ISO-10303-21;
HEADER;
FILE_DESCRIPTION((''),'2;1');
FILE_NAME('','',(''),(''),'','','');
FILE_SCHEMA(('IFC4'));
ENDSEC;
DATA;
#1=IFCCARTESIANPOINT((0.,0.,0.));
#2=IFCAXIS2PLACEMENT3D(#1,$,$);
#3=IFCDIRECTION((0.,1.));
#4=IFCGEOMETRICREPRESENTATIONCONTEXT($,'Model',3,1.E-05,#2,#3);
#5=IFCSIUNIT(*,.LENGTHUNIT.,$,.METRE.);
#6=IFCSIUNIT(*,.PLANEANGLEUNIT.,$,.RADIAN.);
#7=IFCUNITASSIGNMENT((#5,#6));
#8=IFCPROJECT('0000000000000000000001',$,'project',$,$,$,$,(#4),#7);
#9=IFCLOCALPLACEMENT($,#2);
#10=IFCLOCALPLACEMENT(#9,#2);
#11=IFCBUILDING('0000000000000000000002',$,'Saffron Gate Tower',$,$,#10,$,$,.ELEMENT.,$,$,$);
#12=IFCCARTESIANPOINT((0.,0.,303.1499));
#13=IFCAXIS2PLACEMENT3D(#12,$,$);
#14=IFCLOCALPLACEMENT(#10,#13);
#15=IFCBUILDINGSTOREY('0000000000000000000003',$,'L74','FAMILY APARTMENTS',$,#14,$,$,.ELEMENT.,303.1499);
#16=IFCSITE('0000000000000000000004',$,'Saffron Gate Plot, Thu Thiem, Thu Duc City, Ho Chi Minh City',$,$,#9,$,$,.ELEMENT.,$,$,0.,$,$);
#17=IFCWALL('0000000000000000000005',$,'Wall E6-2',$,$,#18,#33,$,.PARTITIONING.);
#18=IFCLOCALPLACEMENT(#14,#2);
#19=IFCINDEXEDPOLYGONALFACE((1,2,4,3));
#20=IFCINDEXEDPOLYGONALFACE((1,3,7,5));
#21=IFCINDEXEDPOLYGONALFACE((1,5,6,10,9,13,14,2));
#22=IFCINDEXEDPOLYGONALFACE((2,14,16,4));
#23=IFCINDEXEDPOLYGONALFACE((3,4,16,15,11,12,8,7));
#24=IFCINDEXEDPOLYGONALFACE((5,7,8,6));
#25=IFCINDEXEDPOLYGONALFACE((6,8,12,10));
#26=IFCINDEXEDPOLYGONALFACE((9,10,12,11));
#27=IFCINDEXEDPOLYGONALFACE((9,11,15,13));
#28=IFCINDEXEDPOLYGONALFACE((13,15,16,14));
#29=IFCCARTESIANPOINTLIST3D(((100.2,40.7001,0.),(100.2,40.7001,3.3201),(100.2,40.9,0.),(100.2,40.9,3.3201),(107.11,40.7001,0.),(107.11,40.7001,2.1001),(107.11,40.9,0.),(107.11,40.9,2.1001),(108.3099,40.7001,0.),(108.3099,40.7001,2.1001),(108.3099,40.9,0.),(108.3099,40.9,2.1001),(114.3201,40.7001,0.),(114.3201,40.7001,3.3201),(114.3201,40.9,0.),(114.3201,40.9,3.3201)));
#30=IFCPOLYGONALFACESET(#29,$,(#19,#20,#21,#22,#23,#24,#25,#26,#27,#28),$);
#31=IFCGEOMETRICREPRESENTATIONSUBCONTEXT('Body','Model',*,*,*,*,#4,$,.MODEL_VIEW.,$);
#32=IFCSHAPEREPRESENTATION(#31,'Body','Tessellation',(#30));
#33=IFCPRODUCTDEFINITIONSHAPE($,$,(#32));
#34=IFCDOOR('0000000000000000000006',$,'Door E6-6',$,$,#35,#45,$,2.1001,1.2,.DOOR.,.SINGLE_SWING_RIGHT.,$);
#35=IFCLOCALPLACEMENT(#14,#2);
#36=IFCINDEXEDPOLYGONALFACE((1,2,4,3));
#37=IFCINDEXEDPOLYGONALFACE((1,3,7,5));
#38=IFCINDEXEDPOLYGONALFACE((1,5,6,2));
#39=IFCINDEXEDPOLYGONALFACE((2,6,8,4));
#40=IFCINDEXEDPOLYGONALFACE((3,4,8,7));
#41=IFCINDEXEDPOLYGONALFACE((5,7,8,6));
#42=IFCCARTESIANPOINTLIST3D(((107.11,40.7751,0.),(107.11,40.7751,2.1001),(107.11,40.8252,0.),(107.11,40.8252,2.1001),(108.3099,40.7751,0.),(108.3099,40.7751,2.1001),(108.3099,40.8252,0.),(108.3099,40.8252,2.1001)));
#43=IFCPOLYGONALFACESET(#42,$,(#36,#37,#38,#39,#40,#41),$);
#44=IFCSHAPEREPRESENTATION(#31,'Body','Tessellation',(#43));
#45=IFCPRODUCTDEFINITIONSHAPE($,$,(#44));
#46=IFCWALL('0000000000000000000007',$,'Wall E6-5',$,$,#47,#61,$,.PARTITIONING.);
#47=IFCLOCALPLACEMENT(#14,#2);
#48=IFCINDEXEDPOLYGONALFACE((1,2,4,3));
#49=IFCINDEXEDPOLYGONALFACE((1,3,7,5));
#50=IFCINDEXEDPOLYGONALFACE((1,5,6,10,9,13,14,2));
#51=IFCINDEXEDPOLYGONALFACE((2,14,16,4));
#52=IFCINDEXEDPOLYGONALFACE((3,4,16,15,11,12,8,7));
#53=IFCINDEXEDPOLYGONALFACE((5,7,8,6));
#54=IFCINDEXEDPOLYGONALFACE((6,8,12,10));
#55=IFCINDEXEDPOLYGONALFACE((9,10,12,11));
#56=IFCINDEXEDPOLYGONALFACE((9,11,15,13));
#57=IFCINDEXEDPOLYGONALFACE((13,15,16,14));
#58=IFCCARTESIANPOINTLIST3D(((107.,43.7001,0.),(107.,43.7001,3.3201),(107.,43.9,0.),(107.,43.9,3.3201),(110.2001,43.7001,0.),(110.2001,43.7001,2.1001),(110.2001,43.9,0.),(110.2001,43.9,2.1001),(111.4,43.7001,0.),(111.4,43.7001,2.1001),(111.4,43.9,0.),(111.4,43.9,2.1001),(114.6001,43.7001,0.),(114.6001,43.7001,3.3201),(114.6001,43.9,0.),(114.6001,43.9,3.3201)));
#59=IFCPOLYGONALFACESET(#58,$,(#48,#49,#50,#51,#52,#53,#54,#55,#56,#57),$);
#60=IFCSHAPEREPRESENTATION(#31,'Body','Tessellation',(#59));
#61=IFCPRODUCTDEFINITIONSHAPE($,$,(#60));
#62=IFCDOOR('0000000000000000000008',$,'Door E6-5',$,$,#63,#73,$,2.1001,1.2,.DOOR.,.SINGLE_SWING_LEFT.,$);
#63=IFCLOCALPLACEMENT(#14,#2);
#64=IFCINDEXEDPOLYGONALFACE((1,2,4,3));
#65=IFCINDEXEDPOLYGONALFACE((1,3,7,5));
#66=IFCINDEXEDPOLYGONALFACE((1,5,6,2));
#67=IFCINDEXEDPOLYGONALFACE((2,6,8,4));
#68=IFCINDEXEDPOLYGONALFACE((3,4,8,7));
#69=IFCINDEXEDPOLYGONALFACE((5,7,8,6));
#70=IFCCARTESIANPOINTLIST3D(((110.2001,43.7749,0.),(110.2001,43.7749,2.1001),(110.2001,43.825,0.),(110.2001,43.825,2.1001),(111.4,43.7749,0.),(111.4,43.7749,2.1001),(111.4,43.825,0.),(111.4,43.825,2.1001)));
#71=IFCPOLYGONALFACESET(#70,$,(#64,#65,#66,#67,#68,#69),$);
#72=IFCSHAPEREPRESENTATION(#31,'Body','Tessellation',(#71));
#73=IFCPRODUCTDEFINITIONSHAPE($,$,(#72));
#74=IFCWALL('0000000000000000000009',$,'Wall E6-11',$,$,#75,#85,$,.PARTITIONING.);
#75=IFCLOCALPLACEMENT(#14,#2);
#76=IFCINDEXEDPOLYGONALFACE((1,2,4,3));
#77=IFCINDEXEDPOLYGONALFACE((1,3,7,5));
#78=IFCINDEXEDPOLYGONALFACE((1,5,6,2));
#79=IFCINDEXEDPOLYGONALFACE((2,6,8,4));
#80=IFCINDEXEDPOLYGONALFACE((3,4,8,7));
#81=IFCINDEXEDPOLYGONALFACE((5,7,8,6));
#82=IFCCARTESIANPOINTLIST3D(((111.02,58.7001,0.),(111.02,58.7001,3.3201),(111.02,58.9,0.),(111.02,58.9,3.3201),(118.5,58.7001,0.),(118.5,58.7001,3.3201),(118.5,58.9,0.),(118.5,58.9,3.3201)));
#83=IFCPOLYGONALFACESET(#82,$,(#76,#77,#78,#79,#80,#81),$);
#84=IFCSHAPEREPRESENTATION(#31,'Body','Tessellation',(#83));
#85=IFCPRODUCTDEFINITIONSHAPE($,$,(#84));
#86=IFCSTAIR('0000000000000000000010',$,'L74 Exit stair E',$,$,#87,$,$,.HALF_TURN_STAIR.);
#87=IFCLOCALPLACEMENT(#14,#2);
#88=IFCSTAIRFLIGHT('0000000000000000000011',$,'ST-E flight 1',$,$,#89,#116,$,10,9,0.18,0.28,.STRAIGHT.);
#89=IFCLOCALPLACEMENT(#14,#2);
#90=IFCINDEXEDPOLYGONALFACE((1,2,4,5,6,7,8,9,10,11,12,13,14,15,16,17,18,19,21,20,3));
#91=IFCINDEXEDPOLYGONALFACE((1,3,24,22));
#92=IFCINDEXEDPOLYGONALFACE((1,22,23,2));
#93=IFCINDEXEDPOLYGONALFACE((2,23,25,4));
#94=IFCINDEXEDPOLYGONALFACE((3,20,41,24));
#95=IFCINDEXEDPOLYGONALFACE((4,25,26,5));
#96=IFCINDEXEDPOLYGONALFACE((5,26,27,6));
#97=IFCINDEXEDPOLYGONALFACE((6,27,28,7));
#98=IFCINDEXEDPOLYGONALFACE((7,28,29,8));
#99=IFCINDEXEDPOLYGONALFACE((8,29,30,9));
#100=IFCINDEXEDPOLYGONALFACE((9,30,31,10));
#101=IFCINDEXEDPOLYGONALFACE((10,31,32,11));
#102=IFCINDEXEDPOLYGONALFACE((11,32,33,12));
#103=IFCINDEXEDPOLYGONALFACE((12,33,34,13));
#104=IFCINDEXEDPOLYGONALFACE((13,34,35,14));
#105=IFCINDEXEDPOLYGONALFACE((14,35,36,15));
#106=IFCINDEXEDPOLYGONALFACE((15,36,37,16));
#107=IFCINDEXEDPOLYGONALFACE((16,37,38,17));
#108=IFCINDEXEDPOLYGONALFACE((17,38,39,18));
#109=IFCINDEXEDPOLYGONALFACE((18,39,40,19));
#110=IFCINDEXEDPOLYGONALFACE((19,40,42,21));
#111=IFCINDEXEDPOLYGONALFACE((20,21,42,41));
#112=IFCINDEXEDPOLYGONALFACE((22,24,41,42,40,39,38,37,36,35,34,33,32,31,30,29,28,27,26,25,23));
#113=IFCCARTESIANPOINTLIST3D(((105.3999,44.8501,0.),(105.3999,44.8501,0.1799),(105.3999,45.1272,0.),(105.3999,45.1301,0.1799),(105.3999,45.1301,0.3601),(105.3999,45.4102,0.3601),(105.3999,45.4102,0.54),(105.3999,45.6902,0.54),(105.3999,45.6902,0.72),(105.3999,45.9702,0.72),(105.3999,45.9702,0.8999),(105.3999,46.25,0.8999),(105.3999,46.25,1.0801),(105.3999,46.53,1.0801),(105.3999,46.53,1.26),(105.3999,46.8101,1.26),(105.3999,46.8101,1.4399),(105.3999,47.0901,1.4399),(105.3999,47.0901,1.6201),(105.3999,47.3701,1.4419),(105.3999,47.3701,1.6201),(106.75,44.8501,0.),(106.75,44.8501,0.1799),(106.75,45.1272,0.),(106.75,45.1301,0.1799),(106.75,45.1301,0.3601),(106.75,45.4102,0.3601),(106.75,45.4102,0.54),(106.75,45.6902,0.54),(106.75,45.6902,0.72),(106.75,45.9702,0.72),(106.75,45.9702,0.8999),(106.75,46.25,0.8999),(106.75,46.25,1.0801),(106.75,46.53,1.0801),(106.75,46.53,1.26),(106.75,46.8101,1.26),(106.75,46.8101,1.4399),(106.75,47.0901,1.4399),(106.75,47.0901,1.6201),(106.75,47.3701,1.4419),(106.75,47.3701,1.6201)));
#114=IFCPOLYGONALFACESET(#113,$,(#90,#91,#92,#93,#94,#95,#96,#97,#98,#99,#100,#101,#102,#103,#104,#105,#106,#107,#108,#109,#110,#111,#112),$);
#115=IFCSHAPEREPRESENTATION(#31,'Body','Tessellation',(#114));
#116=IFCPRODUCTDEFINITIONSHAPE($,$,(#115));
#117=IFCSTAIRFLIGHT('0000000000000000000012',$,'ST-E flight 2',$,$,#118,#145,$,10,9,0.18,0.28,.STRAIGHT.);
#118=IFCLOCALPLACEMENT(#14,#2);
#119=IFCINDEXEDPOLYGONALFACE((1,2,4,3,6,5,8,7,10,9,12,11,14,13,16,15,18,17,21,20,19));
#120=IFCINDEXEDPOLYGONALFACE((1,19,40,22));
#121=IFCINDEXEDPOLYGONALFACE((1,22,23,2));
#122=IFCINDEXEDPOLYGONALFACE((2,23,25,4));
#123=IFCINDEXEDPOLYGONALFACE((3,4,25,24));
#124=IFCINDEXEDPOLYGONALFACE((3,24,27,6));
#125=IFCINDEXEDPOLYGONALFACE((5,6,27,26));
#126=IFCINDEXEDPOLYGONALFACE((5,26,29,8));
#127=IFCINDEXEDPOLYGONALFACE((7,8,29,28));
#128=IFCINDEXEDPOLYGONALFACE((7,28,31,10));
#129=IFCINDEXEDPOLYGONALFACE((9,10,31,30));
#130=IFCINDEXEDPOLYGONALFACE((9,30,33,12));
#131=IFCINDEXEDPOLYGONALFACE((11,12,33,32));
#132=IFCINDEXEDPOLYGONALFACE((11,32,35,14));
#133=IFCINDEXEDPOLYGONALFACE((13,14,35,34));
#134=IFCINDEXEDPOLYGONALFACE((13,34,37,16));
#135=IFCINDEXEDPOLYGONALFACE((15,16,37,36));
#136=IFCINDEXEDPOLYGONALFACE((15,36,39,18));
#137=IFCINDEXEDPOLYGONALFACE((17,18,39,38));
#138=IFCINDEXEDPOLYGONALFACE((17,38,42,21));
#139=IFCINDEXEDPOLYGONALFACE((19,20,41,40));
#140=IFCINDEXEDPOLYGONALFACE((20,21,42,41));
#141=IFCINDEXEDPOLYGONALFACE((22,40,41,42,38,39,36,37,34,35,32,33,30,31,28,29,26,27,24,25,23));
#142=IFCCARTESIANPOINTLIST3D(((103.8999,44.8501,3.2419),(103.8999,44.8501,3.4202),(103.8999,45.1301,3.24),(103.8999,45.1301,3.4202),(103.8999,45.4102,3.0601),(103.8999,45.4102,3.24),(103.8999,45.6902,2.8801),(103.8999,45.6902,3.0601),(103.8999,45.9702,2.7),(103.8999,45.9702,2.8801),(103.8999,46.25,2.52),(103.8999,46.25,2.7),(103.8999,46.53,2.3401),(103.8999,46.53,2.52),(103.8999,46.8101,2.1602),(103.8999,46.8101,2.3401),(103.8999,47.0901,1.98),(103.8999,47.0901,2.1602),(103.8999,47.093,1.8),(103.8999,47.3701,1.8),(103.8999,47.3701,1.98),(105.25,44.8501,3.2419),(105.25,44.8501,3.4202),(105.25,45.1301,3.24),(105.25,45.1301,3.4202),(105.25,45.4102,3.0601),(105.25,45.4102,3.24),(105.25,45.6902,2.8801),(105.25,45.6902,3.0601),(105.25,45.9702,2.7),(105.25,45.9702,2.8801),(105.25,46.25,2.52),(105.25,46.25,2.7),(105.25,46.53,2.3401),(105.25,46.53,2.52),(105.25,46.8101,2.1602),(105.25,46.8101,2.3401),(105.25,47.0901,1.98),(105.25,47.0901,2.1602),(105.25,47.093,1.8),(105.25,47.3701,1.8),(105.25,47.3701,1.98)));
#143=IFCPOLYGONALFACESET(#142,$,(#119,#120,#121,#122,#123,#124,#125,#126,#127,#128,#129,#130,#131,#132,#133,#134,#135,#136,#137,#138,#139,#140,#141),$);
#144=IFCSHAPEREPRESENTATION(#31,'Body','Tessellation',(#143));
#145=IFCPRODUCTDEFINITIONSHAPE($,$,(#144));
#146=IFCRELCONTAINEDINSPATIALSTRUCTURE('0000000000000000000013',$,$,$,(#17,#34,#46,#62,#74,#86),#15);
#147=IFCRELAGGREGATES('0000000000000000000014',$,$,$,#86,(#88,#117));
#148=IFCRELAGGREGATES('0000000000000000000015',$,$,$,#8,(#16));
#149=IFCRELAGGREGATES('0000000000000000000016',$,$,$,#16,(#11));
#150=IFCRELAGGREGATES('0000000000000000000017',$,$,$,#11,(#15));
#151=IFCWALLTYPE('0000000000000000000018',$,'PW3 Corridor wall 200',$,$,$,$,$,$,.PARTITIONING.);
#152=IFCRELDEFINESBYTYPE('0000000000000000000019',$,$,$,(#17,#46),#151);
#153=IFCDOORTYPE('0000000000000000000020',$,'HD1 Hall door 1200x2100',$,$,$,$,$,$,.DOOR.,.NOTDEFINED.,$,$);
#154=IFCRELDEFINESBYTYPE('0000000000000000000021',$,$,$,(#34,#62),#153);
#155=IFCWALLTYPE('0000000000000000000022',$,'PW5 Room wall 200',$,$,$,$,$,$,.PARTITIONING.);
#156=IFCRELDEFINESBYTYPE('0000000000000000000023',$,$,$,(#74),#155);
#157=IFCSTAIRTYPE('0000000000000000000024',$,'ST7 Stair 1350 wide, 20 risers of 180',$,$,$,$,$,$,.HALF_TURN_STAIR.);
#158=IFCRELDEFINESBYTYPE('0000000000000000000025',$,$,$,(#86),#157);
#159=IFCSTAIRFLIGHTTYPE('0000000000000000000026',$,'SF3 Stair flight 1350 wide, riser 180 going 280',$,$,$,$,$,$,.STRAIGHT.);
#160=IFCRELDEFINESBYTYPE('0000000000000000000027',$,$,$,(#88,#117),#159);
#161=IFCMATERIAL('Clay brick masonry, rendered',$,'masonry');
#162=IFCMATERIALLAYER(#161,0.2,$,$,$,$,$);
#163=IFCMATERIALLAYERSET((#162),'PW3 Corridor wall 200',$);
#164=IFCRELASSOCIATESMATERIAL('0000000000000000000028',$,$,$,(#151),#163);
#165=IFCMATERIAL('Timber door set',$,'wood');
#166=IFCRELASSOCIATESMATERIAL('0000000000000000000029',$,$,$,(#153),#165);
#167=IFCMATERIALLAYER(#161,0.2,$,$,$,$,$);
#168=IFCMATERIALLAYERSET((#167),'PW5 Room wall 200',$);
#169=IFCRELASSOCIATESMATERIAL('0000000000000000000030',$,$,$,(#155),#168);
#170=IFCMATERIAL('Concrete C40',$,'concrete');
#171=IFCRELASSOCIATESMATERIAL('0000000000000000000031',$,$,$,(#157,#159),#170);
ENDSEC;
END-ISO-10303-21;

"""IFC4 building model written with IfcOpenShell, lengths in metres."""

from ifc_helpers import new_model, si_unit, direction, frame, frame_2d, origin, place, context, subcontext, project, spatial, polyline, rectangle, outline, extrude, material, layer, layer_set, type_object, element, fill, aggregate, save


model = new_model("IFC4")

# Units and contexts
model_context = context("Model", 3, precision=1e-05, world=origin(), true_north=direction((0.0, 1.0)))
body_context = subcontext(model_context, "Body", "Model", "MODEL_VIEW")
ifc_project = project(units=[si_unit("LENGTHUNIT", "METRE"), si_unit("PLANEANGLEUNIT", "RADIAN")], contexts=[model_context])

# Site, building, storey
site_placement = place(None, origin())
site = spatial("IfcSite", under=ifc_project, at=site_placement, Name="Saffron Gate Plot, Thu Thiem, Thu Duc City, Ho Chi Minh City", CompositionType="ELEMENT", RefElevation=0.0)
building_placement = place(site_placement, origin())
building = spatial("IfcBuilding", under=site, at=building_placement, Name="Saffron Gate Tower", CompositionType="ELEMENT")
storey_placement = place(building_placement, frame((0.0, 0.0, 303.1499)))
storey = spatial("IfcBuildingStorey", under=building, at=storey_placement, Name="L74", Description="FAMILY APARTMENTS", CompositionType="ELEMENT", Elevation=303.1499)

# Shared definitions
ifc_material_1 = material(Name="Concrete C40", Category="concrete")

# Walls, openings, doors
ifc_material_2 = material(Name="Clay brick masonry, rendered", Category="masonry")
ifc_layer_1 = layer(ifc_material_2, 0.2)
ifc_layer_set_1 = layer_set([ifc_layer_1], Name="PW3 Corridor wall 200")
wall_type_1 = type_object("IfcWallType", Name="PW3 Corridor wall 200", PredefinedType="PARTITIONING", material=ifc_layer_set_1)
wall_1_placement = place(storey_placement, frame((114.3201, 40.8, 0.0), z_axis=(0.0, 0.0, 1.0), x_axis=(-1.0, 0.0, 0.0)))
wall_1 = element("IfcWall", 1, at=wall_1_placement, inside=storey, type_object=wall_type_1, Name="Wall E6-2", PredefinedType="PARTITIONING", context=body_context, shape_type="SweptSolid", body=[
    extrude(rectangle(XDim=14.1201, YDim=0.2, at=frame_2d((7.0601, 0.0))), origin(), (0.0, 0.0, 1.0), 3.3201),
])
opening_1_placement = place(wall_1_placement, frame((6.01, 0.0, 0.0)))
opening_1 = element("IfcOpeningElement", 2, at=opening_1_placement, cuts=wall_1, PredefinedType="OPENING", context=body_context, shape_type="SweptSolid", body=[
    extrude(rectangle(XDim=1.2, YDim=2.1001, at=frame_2d((0.6001, 1.05))), frame((0.0, 0.1099, 0.0), z_axis=(0.0, -1.0, 0.0), x_axis=(1.0, 0.0, 0.0)), (0.0, 0.0, 1.0), 0.22),
])
ifc_material_3 = material(Name="Timber door set", Category="wood")
door_type = type_object("IfcDoorType", Name="HD1 Hall door 1200x2100", OperationType="NOTDEFINED", PredefinedType="DOOR", material=ifc_material_3)
door_1_placement = place(opening_1_placement, origin())
door_1 = element("IfcDoor", 3, at=door_1_placement, inside=storey, type_object=door_type, Name="Door E6-6", OperationType="SINGLE_SWING_RIGHT", OverallHeight=2.1001, OverallWidth=1.2, PredefinedType="DOOR", context=body_context, shape_type="SweptSolid", body=[
    extrude(rectangle(XDim=1.2, YDim=2.1001, at=frame_2d((0.6001, 1.05))), frame((0.0, 0.0249, 0.0), z_axis=(0.0, -1.0, 0.0), x_axis=(1.0, 0.0, 0.0)), (0.0, 0.0, 1.0), 0.05),
])
fill(opening_1, door_1)
wall_2_placement = place(storey_placement, frame((107.0, 43.8, 0.0), z_axis=(0.0, 0.0, 1.0), x_axis=(1.0, 0.0, 0.0)))
wall_2 = element("IfcWall", 4, at=wall_2_placement, inside=storey, type_object=wall_type_1, Name="Wall E6-5", PredefinedType="PARTITIONING", context=body_context, shape_type="SweptSolid", body=[
    extrude(rectangle(XDim=7.6001, YDim=0.2, at=frame_2d((3.8, 0.0))), origin(), (0.0, 0.0, 1.0), 3.3201),
])
opening_2_placement = place(wall_2_placement, frame((3.2, 0.0, 0.0)))
opening_2 = element("IfcOpeningElement", 5, at=opening_2_placement, cuts=wall_2, PredefinedType="OPENING", context=body_context, shape_type="SweptSolid", body=[
    extrude(rectangle(XDim=1.2, YDim=2.1001, at=frame_2d((0.6001, 1.05))), frame((0.0, 0.1099, 0.0), z_axis=(0.0, -1.0, 0.0), x_axis=(1.0, 0.0, 0.0)), (0.0, 0.0, 1.0), 0.22),
])
door_2_placement = place(opening_2_placement, origin())
door_2 = element("IfcDoor", 6, at=door_2_placement, inside=storey, type_object=door_type, Name="Door E6-5", OperationType="SINGLE_SWING_LEFT", OverallHeight=2.1001, OverallWidth=1.2, PredefinedType="DOOR", context=body_context, shape_type="SweptSolid", body=[
    extrude(rectangle(XDim=1.2, YDim=2.1001, at=frame_2d((0.6001, 1.05))), frame((0.0, 0.0249, 0.0), z_axis=(0.0, -1.0, 0.0), x_axis=(1.0, 0.0, 0.0)), (0.0, 0.0, 1.0), 0.05),
])
fill(opening_2, door_2)

# Wall
ifc_layer_2 = layer(ifc_material_2, 0.2)
ifc_layer_set_2 = layer_set([ifc_layer_2], Name="PW5 Room wall 200")
wall_type_2 = type_object("IfcWallType", Name="PW5 Room wall 200", PredefinedType="PARTITIONING", material=ifc_layer_set_2)
wall_3_placement = place(storey_placement, frame((111.02, 58.8, 0.0), z_axis=(0.0, 0.0, 1.0), x_axis=(1.0, 0.0, 0.0)))
element("IfcWall", 7, at=wall_3_placement, inside=storey, type_object=wall_type_2, Name="Wall E6-11", PredefinedType="PARTITIONING", context=body_context, shape_type="SweptSolid", body=[
    extrude(rectangle(XDim=7.48, YDim=0.2, at=frame_2d((3.74, 0.0))), origin(), (0.0, 0.0, 1.0), 3.3201),
])

# Stair, stair flights
stair_type = type_object("IfcStairType", Name="ST7 Stair 1350 wide, 20 risers of 180", PredefinedType="HALF_TURN_STAIR", material=ifc_material_1)
stair_placement = place(storey_placement, origin())
stair = element("IfcStair", 8, at=stair_placement, inside=storey, type_object=stair_type, Name="L74 Exit stair E", PredefinedType="HALF_TURN_STAIR")
stair_flight_type = type_object("IfcStairFlightType", Name="SF3 Stair flight 1350 wide, riser 180 going 280", PredefinedType="STRAIGHT", material=ifc_material_1)
stair_flight_1_placement = place(storey_placement, frame((106.075, 44.8501, 0.0), z_axis=(0.0, 0.0, 1.0), x_axis=(0.0, 1.0, 0.0)))
stair_flight_1 = element("IfcStairFlight", 9, at=stair_flight_1_placement, type_object=stair_flight_type, Name="ST-E flight 1", NumberOfRisers=10, NumberOfTreads=9, PredefinedType="STRAIGHT", RiserHeight=0.18, TreadLength=0.28, context=body_context, shape_type="SweptSolid", body=[
    extrude(outline(polyline([(0.0, 0.0), (0.0, 0.1799), (0.28, 0.1799), (0.28, 0.3601), (0.5601, 0.3601), (0.5601, 0.54), (0.8401, 0.54), (0.8401, 0.72), (1.1201, 0.72), (1.1201, 0.8999), (1.3999, 0.8999), (1.3999, 1.0801), (1.6799, 1.0801), (1.6799, 1.26), (1.96, 1.26), (1.96, 1.4399), (2.24, 1.4399), (2.24, 1.6201), (2.52, 1.6201), (2.52, 1.8), (2.52, 1.4419), (0.2771, 0.0), (0.0, 0.0)])), frame((0.0, 0.675, 0.0), z_axis=(0.0, -1.0, 0.0), x_axis=(1.0, 0.0, 0.0)), (0.0, 0.0, 1.0), 1.3501),
])
stair_flight_2_placement = place(storey_placement, frame((104.575, 47.3701, 1.8), z_axis=(0.0, 0.0, 1.0), x_axis=(0.0, -1.0, 0.0)))
stair_flight_2 = element("IfcStairFlight", 10, at=stair_flight_2_placement, type_object=stair_flight_type, Name="ST-E flight 2", NumberOfRisers=10, NumberOfTreads=9, PredefinedType="STRAIGHT", RiserHeight=0.18, TreadLength=0.28, context=body_context, shape_type="SweptSolid", body=[
    extrude(outline(polyline([(0.0, 0.0), (0.0, 0.1799), (0.28, 0.1799), (0.28, 0.3601), (0.5601, 0.3601), (0.5601, 0.54), (0.8401, 0.54), (0.8401, 0.72), (1.1201, 0.72), (1.1201, 0.8999), (1.3999, 0.8999), (1.3999, 1.0801), (1.6799, 1.0801), (1.6799, 1.26), (1.96, 1.26), (1.96, 1.4399), (2.24, 1.4399), (2.24, 1.6201), (2.52, 1.6201), (2.52, 1.8), (2.52, 1.4419), (0.2771, 0.0), (0.0, 0.0)])), frame((0.0, 0.675, 0.0), z_axis=(0.0, -1.0, 0.0), x_axis=(1.0, 0.0, 0.0)), (0.0, 0.0, 1.0), 1.3501),
])
aggregate(stair, [stair_flight_1, stair_flight_2])

save(model, "model.ifc")
